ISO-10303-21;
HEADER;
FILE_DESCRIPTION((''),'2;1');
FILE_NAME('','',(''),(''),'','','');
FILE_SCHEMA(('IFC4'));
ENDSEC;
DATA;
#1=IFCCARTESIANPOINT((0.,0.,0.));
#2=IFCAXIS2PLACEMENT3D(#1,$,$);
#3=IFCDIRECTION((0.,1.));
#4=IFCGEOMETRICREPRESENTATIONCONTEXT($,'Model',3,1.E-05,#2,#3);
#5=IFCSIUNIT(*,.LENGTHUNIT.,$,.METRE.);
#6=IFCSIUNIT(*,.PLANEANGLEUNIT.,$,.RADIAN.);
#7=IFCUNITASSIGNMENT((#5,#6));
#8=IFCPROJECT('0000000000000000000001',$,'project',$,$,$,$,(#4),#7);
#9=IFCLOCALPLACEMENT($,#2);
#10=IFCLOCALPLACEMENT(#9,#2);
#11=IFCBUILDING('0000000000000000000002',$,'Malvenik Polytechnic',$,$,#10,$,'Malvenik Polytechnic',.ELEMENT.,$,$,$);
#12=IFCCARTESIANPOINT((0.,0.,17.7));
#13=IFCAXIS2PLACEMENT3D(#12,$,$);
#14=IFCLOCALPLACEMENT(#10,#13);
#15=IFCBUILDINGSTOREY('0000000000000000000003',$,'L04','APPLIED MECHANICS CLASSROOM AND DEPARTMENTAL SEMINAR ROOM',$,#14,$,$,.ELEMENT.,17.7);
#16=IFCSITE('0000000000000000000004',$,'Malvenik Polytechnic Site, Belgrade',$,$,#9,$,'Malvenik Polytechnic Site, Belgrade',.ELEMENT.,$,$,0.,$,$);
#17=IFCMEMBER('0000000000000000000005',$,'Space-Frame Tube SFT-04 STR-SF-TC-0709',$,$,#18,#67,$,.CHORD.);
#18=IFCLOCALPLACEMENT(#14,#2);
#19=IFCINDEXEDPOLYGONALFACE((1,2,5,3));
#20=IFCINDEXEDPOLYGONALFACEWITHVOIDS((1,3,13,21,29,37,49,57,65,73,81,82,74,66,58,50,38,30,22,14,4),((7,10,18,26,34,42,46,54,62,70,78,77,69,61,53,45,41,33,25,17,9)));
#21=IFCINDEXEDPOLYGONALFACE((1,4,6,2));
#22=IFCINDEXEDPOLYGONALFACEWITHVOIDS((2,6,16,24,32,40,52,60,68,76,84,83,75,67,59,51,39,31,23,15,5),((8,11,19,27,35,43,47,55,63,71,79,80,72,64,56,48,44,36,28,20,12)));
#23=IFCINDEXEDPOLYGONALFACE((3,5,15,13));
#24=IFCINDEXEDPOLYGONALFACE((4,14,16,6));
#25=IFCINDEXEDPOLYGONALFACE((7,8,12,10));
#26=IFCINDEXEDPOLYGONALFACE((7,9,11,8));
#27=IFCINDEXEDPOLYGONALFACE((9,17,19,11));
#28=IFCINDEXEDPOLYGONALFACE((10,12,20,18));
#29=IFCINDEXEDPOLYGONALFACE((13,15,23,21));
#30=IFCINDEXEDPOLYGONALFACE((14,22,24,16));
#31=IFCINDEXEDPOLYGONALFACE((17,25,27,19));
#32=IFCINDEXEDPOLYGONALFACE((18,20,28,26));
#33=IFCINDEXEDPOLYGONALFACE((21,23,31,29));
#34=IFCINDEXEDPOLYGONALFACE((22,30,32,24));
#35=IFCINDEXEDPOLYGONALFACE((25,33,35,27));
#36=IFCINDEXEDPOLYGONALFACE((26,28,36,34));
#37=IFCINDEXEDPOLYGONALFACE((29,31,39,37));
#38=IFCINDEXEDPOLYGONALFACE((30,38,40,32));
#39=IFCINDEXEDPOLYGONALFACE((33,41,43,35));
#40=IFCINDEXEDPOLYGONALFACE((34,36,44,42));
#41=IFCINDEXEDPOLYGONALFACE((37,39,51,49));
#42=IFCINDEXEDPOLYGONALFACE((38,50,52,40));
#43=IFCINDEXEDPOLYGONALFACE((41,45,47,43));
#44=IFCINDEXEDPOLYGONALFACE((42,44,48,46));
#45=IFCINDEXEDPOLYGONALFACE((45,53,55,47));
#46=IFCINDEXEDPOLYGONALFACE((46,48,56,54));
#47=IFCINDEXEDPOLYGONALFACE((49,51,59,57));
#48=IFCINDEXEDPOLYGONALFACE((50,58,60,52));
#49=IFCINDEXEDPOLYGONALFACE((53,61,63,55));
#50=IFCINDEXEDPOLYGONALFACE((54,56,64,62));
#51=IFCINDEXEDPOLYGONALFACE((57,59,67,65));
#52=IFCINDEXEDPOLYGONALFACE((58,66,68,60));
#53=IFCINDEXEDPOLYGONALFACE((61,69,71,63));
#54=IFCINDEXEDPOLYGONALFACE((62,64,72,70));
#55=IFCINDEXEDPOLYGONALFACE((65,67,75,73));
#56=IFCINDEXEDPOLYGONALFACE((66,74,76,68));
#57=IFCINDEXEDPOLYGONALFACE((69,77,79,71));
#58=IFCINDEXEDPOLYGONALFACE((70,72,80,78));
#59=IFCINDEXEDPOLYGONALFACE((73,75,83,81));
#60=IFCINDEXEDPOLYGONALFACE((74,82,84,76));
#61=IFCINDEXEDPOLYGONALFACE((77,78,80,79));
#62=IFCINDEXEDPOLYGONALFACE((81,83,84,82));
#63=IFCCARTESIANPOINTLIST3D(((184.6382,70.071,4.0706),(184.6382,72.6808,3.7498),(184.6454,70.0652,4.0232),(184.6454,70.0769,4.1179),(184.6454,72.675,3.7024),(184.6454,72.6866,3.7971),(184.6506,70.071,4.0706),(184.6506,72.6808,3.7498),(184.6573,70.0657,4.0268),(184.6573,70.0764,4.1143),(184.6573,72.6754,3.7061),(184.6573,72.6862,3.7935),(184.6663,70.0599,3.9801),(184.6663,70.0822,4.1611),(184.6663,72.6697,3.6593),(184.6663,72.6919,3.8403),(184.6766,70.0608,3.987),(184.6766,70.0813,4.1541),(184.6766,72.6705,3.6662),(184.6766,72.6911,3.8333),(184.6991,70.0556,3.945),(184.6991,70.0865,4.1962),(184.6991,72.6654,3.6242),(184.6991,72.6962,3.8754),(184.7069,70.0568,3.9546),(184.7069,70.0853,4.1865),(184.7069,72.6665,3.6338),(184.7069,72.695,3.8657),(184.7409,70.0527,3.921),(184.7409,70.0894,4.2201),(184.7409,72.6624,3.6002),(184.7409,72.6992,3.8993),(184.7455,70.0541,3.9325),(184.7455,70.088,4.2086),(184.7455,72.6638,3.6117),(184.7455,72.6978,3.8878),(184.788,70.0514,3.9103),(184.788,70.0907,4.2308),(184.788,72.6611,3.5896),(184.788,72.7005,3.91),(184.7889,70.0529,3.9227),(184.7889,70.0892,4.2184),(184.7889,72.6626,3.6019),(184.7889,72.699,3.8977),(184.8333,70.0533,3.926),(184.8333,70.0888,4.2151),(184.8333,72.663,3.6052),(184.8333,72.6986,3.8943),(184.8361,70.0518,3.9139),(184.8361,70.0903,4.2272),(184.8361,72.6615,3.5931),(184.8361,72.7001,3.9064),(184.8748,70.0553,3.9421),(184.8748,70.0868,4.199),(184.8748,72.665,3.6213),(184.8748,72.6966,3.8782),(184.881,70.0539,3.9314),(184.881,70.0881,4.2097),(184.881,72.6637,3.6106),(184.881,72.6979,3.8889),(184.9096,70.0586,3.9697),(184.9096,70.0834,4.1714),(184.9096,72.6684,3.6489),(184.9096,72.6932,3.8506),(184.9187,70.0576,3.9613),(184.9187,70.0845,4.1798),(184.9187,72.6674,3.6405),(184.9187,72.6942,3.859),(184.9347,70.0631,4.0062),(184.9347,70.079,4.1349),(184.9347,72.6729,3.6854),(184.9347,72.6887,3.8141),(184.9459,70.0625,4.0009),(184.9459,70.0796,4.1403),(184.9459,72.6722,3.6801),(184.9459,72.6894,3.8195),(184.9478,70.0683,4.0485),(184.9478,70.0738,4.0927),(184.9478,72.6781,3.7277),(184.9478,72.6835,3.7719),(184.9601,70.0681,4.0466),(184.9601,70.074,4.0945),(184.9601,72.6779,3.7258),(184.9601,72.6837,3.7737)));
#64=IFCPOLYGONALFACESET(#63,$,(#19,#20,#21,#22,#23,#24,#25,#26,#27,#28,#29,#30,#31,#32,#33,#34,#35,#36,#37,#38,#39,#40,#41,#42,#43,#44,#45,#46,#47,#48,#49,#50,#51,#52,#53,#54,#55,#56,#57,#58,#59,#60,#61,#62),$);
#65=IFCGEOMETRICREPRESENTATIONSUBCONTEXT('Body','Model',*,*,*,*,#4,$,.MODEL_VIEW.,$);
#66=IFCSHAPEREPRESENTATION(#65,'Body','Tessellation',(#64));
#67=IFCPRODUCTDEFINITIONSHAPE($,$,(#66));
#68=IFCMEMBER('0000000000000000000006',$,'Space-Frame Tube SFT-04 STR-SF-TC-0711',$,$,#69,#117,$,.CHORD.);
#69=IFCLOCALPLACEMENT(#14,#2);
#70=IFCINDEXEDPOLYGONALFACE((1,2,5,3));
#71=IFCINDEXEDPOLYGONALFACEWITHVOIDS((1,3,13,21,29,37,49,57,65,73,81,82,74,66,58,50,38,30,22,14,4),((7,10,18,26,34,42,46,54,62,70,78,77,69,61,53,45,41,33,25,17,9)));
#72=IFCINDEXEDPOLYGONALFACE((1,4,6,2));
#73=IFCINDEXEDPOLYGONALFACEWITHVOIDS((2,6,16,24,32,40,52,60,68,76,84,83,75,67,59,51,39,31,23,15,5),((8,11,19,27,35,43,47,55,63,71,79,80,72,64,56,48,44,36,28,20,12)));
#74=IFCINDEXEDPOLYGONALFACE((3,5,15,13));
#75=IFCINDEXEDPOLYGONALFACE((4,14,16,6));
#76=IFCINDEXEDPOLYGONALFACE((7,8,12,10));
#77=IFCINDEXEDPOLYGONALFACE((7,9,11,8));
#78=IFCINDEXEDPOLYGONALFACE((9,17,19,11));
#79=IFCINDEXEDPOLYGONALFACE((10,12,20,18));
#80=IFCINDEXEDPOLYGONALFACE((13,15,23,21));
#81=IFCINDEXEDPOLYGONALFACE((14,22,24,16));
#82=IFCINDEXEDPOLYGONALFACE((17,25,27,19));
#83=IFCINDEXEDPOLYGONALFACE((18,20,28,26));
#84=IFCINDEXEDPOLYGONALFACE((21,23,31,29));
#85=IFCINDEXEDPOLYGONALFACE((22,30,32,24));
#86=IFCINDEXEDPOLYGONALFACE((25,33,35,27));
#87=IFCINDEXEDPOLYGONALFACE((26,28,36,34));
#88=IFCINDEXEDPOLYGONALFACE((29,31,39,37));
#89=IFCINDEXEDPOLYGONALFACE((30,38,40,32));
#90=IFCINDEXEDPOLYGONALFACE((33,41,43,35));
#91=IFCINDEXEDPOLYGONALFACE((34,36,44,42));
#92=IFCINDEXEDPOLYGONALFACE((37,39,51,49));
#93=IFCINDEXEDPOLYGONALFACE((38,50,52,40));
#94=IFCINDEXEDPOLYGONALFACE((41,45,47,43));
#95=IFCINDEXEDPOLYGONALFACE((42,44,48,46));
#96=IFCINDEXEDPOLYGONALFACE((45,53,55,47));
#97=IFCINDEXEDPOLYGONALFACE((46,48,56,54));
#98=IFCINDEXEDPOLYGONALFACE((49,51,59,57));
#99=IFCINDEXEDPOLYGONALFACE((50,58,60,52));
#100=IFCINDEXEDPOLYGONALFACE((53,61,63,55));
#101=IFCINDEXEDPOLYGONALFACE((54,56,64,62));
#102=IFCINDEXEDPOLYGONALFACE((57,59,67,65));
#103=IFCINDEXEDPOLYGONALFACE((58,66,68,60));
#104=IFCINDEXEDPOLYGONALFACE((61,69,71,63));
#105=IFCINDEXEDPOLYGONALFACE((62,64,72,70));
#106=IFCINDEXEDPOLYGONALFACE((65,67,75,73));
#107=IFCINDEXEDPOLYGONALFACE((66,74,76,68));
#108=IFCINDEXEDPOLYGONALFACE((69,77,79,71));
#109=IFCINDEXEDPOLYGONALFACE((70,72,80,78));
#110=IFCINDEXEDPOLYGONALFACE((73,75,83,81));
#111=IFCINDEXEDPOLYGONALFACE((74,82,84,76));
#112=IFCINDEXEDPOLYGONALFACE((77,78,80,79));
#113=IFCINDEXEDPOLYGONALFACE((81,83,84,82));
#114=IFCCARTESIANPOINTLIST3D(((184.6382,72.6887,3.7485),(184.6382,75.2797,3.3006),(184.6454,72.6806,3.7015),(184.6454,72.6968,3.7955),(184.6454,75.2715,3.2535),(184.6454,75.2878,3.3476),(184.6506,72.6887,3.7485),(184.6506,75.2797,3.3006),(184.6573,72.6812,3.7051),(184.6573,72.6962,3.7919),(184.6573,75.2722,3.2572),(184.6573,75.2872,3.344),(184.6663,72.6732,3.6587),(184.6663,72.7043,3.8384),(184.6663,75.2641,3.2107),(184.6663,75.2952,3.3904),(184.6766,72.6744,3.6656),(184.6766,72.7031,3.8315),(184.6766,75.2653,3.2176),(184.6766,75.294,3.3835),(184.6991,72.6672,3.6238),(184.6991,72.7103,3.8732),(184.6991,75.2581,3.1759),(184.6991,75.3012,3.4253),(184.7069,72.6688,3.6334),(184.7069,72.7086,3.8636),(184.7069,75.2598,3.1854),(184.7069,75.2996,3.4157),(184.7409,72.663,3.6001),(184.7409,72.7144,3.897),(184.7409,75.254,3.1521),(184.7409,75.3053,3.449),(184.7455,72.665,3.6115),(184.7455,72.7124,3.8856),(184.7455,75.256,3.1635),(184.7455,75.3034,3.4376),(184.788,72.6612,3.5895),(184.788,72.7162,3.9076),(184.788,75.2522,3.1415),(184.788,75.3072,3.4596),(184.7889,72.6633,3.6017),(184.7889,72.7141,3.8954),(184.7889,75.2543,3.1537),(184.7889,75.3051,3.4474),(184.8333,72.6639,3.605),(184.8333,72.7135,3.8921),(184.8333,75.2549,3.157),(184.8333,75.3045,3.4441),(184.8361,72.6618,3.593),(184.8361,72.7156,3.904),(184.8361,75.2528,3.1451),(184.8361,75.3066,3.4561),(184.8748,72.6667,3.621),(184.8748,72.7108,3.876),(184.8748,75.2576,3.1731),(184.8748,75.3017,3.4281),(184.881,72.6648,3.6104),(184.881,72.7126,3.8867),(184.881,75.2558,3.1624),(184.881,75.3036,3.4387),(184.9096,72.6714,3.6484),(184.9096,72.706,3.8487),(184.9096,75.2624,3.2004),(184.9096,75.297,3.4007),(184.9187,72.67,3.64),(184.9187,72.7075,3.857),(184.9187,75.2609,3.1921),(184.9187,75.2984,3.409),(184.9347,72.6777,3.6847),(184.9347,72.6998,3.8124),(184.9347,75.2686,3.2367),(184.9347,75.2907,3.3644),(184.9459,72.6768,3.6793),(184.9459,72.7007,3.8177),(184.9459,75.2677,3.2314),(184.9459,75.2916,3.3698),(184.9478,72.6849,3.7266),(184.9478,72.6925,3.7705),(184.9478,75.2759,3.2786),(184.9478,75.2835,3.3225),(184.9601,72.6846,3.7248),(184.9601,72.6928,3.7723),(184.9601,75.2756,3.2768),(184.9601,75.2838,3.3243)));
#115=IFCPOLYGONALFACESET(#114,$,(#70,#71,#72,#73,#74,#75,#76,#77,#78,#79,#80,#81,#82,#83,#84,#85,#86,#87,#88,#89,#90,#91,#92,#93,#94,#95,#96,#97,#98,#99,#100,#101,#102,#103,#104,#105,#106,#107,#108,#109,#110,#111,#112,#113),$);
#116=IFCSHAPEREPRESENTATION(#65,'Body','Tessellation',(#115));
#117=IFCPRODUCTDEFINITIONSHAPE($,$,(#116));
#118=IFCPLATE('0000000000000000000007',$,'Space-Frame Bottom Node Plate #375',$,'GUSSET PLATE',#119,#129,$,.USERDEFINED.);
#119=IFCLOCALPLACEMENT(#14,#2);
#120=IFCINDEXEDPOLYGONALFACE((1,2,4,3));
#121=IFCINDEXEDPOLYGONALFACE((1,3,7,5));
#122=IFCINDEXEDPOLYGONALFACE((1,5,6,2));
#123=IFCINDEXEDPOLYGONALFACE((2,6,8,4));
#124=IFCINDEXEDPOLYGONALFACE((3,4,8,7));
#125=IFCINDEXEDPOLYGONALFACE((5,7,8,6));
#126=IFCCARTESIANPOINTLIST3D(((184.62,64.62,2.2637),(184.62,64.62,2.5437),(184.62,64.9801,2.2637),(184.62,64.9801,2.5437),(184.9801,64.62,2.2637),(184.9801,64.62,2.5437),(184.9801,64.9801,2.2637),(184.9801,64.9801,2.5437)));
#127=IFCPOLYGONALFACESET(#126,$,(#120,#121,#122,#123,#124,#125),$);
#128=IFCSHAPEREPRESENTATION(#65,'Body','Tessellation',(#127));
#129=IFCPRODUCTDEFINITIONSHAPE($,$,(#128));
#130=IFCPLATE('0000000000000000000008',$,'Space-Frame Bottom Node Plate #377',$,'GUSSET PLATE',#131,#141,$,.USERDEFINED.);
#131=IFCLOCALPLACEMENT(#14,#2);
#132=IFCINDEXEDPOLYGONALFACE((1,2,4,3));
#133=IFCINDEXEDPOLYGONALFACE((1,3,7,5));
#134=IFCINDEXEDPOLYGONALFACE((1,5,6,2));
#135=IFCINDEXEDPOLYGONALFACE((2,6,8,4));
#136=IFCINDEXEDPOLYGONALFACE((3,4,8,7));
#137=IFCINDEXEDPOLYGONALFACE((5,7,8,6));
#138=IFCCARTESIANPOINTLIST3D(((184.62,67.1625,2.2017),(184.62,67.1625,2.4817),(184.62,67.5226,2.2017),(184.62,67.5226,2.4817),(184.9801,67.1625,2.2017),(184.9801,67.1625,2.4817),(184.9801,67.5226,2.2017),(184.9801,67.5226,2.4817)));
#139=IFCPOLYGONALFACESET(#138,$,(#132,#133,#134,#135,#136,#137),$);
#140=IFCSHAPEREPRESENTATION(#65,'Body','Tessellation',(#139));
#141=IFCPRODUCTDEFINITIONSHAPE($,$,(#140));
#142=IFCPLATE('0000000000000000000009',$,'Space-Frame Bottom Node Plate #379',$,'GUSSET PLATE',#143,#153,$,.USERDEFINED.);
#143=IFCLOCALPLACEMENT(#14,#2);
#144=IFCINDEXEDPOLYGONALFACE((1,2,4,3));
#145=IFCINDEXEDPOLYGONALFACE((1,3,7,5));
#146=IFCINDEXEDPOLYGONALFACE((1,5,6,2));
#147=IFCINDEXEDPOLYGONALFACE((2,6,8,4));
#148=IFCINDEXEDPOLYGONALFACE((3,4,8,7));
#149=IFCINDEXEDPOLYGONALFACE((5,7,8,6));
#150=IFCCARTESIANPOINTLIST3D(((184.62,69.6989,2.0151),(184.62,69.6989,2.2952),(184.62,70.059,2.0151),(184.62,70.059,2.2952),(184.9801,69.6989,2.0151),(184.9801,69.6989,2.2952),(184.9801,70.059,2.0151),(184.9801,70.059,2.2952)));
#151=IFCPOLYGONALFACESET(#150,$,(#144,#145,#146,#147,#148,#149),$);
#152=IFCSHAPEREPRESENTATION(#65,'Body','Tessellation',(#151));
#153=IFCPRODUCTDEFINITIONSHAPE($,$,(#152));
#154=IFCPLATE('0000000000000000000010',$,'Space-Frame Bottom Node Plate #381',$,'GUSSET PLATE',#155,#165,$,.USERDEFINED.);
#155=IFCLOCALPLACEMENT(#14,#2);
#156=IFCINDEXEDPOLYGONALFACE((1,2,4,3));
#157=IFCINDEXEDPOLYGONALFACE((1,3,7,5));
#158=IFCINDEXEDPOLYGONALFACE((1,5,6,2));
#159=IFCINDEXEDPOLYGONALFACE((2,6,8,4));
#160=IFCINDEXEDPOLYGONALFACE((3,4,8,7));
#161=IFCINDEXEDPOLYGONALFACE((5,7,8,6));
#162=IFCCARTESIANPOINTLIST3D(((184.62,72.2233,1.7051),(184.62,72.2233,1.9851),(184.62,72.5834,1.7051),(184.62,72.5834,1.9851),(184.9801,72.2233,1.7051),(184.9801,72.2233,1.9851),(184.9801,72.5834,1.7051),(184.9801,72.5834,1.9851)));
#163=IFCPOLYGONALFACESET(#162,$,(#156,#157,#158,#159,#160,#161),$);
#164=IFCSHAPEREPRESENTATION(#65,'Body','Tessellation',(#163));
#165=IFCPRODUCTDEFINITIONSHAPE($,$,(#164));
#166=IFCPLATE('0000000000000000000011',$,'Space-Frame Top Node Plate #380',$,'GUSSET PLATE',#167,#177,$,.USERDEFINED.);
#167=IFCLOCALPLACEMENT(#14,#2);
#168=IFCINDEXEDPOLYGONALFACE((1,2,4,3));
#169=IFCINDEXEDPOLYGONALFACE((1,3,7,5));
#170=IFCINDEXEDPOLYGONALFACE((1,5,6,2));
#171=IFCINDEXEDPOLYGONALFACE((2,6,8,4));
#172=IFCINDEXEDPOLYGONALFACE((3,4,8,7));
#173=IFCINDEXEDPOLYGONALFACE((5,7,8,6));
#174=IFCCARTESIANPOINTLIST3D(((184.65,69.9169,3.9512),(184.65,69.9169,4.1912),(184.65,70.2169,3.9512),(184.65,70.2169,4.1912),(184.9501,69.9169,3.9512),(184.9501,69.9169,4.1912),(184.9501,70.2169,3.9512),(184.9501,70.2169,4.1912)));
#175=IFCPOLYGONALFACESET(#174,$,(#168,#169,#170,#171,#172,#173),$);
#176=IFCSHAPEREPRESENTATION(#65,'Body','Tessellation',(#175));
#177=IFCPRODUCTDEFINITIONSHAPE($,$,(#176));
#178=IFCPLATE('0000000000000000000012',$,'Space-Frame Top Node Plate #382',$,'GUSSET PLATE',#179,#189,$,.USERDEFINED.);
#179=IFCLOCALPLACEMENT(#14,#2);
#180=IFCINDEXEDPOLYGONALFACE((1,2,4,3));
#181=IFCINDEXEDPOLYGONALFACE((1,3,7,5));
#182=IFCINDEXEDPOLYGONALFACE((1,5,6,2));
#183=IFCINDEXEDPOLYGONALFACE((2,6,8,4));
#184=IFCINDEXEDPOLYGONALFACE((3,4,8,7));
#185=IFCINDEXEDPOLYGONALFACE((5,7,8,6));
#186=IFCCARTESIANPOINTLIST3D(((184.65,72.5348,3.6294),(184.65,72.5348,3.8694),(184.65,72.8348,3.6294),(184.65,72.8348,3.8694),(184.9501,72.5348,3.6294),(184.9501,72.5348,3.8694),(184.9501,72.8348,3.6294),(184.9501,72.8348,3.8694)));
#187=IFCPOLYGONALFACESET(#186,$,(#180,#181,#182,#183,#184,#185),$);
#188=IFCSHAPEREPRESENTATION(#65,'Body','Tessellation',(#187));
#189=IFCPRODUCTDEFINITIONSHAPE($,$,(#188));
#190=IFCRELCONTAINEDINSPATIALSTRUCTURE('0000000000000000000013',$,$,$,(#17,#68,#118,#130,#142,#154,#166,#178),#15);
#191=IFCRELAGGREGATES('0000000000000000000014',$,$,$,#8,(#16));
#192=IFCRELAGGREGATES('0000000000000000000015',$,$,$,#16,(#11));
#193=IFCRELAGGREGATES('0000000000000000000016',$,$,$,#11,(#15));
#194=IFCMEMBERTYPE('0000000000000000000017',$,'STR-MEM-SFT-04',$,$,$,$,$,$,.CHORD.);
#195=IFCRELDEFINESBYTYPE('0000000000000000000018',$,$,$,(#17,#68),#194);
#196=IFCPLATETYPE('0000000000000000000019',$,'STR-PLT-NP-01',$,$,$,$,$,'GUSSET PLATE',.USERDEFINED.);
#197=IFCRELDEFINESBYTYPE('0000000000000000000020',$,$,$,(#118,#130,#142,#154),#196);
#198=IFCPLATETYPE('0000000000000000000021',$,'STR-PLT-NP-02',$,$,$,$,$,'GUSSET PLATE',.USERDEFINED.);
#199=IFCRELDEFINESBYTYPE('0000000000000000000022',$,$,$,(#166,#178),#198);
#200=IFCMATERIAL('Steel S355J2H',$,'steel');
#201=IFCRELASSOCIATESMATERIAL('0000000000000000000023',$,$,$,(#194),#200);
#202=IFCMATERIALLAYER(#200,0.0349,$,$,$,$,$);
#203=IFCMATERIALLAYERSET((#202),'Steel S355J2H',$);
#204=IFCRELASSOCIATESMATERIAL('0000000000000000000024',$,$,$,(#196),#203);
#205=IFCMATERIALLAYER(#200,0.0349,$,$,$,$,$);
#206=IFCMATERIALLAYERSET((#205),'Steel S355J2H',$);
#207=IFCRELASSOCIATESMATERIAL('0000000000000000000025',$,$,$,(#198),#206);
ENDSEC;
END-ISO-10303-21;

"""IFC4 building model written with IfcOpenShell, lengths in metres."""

from ifc_helpers import new_model, si_unit, direction, frame, origin, origin_2d, place, context, subcontext, project, spatial, rectangle, hollow_circle, extrude, material, layer, layer_set, material_profile, profile_set, type_object, element, save


model = new_model("IFC4")

# Units and contexts
model_context = context("Model", 3, precision=1e-05, world=origin(), true_north=direction((0.0, 1.0)))
body_context = subcontext(model_context, "Body", "Model", "MODEL_VIEW")
ifc_project = project(units=[si_unit("LENGTHUNIT", "METRE"), si_unit("PLANEANGLEUNIT", "RADIAN")], contexts=[model_context])

# Site, building, storey
site_placement = place(None, origin())
site = spatial("IfcSite", under=ifc_project, at=site_placement, Name="Malvenik Polytechnic Site, Belgrade", LongName="Malvenik Polytechnic Site, Belgrade", CompositionType="ELEMENT", RefElevation=0.0)
building_placement = place(site_placement, origin())
building = spatial("IfcBuilding", under=site, at=building_placement, Name="Malvenik Polytechnic", LongName="Malvenik Polytechnic", CompositionType="ELEMENT")
storey_placement = place(building_placement, frame((0.0, 0.0, 17.7)))
storey = spatial("IfcBuildingStorey", under=building, at=storey_placement, Name="L04", Description="APPLIED MECHANICS CLASSROOM AND DEPARTMENTAL SEMINAR ROOM", CompositionType="ELEMENT", Elevation=17.7)

# Members
ifc_material_1 = material(Name="Steel S355J2H", Category="steel")
ifc_material_profile_1 = material_profile(ifc_material_1, hollow_circle(Radius=0.1619, WallThickness=0.0125, at=origin_2d()), Name="CHS 323.9x12.5")
ifc_profile_set_1 = profile_set([ifc_material_profile_1], Name="Steel S355J2H")
member_type_1 = type_object("IfcMemberType", Name="STR-MEM-SFT-04", PredefinedType="CHORD", material=ifc_profile_set_1)
for number, where, z_axis, x_axis, name in (
    (1, (184.8, 70.071, 4.0706), (0.0, 0.99253, -0.122), (-1.0, 0.0, 0.0), "Space-Frame Tube SFT-04 STR-SF-TC-0709"),
    (2, (184.8, 72.6887, 3.7485), (0.0, 0.98538, -0.170373), (-1.0, 0.0, 0.0), "Space-Frame Tube SFT-04 STR-SF-TC-0711"),
):
    element("IfcMember", number, at=place(storey_placement, frame(where, z_axis=z_axis, x_axis=x_axis)), inside=storey, type_object=member_type_1, Name=name, PredefinedType="CHORD", context=body_context, shape_type="SweptSolid", body=[
        extrude(hollow_circle(Radius=0.1619, WallThickness=0.0125, at=origin_2d()), origin(), (0.0, 0.0, 1.0), 2.6294),
    ])

# Plates
ifc_layer_1 = layer(ifc_material_1, 0.0349)
ifc_layer_set_1 = layer_set([ifc_layer_1], Name="Steel S355J2H")
plate_type_1 = type_object("IfcPlateType", Name="STR-PLT-NP-01", ElementType="GUSSET PLATE", PredefinedType="USERDEFINED", material=ifc_layer_set_1)
for number, where, z_axis, x_axis, name in (
    (3, (184.8, 64.8, 2.2637), (0.0, 0.0, 1.0), (1.0, 0.0, 0.0), "Space-Frame Bottom Node Plate #375"),
    (4, (184.8, 67.3425, 2.2017), (0.0, 0.0, 1.0), (1.0, 0.0, 0.0), "Space-Frame Bottom Node Plate #377"),
    (5, (184.8, 69.8789, 2.0151), (0.0, 0.0, 1.0), (1.0, 0.0, 0.0), "Space-Frame Bottom Node Plate #379"),
    (6, (184.8, 72.4033, 1.7051), (0.0, 0.0, 1.0), (1.0, 0.0, 0.0), "Space-Frame Bottom Node Plate #381"),
):
    element("IfcPlate", number, at=place(storey_placement, frame(where, z_axis=z_axis, x_axis=x_axis)), inside=storey, type_object=plate_type_1, Name=name, ObjectType="GUSSET PLATE", PredefinedType="USERDEFINED", context=body_context, shape_type="SweptSolid", body=[
        extrude(rectangle(XDim=0.3601, YDim=0.3601, at=origin_2d()), origin(), (0.0, 0.0, 1.0), 0.28),
    ])
ifc_layer_2 = layer(ifc_material_1, 0.0349)
ifc_layer_set_2 = layer_set([ifc_layer_2], Name="Steel S355J2H")
plate_type_2 = type_object("IfcPlateType", Name="STR-PLT-NP-02", ElementType="GUSSET PLATE", PredefinedType="USERDEFINED", material=ifc_layer_set_2)
for number, where, z_axis, x_axis, name in (
    (7, (184.8, 70.0669, 3.9512), (0.0, 0.0, 1.0), (1.0, 0.0, 0.0), "Space-Frame Top Node Plate #380"),
    (8, (184.8, 72.6848, 3.6294), (0.0, 0.0, 1.0), (1.0, 0.0, 0.0), "Space-Frame Top Node Plate #382"),
):
    element("IfcPlate", number, at=place(storey_placement, frame(where, z_axis=z_axis, x_axis=x_axis)), inside=storey, type_object=plate_type_2, Name=name, ObjectType="GUSSET PLATE", PredefinedType="USERDEFINED", context=body_context, shape_type="SweptSolid", body=[
        extrude(rectangle(XDim=0.3, YDim=0.3, at=origin_2d()), origin(), (0.0, 0.0, 1.0), 0.24),
    ])

save(model, "model.ifc")
